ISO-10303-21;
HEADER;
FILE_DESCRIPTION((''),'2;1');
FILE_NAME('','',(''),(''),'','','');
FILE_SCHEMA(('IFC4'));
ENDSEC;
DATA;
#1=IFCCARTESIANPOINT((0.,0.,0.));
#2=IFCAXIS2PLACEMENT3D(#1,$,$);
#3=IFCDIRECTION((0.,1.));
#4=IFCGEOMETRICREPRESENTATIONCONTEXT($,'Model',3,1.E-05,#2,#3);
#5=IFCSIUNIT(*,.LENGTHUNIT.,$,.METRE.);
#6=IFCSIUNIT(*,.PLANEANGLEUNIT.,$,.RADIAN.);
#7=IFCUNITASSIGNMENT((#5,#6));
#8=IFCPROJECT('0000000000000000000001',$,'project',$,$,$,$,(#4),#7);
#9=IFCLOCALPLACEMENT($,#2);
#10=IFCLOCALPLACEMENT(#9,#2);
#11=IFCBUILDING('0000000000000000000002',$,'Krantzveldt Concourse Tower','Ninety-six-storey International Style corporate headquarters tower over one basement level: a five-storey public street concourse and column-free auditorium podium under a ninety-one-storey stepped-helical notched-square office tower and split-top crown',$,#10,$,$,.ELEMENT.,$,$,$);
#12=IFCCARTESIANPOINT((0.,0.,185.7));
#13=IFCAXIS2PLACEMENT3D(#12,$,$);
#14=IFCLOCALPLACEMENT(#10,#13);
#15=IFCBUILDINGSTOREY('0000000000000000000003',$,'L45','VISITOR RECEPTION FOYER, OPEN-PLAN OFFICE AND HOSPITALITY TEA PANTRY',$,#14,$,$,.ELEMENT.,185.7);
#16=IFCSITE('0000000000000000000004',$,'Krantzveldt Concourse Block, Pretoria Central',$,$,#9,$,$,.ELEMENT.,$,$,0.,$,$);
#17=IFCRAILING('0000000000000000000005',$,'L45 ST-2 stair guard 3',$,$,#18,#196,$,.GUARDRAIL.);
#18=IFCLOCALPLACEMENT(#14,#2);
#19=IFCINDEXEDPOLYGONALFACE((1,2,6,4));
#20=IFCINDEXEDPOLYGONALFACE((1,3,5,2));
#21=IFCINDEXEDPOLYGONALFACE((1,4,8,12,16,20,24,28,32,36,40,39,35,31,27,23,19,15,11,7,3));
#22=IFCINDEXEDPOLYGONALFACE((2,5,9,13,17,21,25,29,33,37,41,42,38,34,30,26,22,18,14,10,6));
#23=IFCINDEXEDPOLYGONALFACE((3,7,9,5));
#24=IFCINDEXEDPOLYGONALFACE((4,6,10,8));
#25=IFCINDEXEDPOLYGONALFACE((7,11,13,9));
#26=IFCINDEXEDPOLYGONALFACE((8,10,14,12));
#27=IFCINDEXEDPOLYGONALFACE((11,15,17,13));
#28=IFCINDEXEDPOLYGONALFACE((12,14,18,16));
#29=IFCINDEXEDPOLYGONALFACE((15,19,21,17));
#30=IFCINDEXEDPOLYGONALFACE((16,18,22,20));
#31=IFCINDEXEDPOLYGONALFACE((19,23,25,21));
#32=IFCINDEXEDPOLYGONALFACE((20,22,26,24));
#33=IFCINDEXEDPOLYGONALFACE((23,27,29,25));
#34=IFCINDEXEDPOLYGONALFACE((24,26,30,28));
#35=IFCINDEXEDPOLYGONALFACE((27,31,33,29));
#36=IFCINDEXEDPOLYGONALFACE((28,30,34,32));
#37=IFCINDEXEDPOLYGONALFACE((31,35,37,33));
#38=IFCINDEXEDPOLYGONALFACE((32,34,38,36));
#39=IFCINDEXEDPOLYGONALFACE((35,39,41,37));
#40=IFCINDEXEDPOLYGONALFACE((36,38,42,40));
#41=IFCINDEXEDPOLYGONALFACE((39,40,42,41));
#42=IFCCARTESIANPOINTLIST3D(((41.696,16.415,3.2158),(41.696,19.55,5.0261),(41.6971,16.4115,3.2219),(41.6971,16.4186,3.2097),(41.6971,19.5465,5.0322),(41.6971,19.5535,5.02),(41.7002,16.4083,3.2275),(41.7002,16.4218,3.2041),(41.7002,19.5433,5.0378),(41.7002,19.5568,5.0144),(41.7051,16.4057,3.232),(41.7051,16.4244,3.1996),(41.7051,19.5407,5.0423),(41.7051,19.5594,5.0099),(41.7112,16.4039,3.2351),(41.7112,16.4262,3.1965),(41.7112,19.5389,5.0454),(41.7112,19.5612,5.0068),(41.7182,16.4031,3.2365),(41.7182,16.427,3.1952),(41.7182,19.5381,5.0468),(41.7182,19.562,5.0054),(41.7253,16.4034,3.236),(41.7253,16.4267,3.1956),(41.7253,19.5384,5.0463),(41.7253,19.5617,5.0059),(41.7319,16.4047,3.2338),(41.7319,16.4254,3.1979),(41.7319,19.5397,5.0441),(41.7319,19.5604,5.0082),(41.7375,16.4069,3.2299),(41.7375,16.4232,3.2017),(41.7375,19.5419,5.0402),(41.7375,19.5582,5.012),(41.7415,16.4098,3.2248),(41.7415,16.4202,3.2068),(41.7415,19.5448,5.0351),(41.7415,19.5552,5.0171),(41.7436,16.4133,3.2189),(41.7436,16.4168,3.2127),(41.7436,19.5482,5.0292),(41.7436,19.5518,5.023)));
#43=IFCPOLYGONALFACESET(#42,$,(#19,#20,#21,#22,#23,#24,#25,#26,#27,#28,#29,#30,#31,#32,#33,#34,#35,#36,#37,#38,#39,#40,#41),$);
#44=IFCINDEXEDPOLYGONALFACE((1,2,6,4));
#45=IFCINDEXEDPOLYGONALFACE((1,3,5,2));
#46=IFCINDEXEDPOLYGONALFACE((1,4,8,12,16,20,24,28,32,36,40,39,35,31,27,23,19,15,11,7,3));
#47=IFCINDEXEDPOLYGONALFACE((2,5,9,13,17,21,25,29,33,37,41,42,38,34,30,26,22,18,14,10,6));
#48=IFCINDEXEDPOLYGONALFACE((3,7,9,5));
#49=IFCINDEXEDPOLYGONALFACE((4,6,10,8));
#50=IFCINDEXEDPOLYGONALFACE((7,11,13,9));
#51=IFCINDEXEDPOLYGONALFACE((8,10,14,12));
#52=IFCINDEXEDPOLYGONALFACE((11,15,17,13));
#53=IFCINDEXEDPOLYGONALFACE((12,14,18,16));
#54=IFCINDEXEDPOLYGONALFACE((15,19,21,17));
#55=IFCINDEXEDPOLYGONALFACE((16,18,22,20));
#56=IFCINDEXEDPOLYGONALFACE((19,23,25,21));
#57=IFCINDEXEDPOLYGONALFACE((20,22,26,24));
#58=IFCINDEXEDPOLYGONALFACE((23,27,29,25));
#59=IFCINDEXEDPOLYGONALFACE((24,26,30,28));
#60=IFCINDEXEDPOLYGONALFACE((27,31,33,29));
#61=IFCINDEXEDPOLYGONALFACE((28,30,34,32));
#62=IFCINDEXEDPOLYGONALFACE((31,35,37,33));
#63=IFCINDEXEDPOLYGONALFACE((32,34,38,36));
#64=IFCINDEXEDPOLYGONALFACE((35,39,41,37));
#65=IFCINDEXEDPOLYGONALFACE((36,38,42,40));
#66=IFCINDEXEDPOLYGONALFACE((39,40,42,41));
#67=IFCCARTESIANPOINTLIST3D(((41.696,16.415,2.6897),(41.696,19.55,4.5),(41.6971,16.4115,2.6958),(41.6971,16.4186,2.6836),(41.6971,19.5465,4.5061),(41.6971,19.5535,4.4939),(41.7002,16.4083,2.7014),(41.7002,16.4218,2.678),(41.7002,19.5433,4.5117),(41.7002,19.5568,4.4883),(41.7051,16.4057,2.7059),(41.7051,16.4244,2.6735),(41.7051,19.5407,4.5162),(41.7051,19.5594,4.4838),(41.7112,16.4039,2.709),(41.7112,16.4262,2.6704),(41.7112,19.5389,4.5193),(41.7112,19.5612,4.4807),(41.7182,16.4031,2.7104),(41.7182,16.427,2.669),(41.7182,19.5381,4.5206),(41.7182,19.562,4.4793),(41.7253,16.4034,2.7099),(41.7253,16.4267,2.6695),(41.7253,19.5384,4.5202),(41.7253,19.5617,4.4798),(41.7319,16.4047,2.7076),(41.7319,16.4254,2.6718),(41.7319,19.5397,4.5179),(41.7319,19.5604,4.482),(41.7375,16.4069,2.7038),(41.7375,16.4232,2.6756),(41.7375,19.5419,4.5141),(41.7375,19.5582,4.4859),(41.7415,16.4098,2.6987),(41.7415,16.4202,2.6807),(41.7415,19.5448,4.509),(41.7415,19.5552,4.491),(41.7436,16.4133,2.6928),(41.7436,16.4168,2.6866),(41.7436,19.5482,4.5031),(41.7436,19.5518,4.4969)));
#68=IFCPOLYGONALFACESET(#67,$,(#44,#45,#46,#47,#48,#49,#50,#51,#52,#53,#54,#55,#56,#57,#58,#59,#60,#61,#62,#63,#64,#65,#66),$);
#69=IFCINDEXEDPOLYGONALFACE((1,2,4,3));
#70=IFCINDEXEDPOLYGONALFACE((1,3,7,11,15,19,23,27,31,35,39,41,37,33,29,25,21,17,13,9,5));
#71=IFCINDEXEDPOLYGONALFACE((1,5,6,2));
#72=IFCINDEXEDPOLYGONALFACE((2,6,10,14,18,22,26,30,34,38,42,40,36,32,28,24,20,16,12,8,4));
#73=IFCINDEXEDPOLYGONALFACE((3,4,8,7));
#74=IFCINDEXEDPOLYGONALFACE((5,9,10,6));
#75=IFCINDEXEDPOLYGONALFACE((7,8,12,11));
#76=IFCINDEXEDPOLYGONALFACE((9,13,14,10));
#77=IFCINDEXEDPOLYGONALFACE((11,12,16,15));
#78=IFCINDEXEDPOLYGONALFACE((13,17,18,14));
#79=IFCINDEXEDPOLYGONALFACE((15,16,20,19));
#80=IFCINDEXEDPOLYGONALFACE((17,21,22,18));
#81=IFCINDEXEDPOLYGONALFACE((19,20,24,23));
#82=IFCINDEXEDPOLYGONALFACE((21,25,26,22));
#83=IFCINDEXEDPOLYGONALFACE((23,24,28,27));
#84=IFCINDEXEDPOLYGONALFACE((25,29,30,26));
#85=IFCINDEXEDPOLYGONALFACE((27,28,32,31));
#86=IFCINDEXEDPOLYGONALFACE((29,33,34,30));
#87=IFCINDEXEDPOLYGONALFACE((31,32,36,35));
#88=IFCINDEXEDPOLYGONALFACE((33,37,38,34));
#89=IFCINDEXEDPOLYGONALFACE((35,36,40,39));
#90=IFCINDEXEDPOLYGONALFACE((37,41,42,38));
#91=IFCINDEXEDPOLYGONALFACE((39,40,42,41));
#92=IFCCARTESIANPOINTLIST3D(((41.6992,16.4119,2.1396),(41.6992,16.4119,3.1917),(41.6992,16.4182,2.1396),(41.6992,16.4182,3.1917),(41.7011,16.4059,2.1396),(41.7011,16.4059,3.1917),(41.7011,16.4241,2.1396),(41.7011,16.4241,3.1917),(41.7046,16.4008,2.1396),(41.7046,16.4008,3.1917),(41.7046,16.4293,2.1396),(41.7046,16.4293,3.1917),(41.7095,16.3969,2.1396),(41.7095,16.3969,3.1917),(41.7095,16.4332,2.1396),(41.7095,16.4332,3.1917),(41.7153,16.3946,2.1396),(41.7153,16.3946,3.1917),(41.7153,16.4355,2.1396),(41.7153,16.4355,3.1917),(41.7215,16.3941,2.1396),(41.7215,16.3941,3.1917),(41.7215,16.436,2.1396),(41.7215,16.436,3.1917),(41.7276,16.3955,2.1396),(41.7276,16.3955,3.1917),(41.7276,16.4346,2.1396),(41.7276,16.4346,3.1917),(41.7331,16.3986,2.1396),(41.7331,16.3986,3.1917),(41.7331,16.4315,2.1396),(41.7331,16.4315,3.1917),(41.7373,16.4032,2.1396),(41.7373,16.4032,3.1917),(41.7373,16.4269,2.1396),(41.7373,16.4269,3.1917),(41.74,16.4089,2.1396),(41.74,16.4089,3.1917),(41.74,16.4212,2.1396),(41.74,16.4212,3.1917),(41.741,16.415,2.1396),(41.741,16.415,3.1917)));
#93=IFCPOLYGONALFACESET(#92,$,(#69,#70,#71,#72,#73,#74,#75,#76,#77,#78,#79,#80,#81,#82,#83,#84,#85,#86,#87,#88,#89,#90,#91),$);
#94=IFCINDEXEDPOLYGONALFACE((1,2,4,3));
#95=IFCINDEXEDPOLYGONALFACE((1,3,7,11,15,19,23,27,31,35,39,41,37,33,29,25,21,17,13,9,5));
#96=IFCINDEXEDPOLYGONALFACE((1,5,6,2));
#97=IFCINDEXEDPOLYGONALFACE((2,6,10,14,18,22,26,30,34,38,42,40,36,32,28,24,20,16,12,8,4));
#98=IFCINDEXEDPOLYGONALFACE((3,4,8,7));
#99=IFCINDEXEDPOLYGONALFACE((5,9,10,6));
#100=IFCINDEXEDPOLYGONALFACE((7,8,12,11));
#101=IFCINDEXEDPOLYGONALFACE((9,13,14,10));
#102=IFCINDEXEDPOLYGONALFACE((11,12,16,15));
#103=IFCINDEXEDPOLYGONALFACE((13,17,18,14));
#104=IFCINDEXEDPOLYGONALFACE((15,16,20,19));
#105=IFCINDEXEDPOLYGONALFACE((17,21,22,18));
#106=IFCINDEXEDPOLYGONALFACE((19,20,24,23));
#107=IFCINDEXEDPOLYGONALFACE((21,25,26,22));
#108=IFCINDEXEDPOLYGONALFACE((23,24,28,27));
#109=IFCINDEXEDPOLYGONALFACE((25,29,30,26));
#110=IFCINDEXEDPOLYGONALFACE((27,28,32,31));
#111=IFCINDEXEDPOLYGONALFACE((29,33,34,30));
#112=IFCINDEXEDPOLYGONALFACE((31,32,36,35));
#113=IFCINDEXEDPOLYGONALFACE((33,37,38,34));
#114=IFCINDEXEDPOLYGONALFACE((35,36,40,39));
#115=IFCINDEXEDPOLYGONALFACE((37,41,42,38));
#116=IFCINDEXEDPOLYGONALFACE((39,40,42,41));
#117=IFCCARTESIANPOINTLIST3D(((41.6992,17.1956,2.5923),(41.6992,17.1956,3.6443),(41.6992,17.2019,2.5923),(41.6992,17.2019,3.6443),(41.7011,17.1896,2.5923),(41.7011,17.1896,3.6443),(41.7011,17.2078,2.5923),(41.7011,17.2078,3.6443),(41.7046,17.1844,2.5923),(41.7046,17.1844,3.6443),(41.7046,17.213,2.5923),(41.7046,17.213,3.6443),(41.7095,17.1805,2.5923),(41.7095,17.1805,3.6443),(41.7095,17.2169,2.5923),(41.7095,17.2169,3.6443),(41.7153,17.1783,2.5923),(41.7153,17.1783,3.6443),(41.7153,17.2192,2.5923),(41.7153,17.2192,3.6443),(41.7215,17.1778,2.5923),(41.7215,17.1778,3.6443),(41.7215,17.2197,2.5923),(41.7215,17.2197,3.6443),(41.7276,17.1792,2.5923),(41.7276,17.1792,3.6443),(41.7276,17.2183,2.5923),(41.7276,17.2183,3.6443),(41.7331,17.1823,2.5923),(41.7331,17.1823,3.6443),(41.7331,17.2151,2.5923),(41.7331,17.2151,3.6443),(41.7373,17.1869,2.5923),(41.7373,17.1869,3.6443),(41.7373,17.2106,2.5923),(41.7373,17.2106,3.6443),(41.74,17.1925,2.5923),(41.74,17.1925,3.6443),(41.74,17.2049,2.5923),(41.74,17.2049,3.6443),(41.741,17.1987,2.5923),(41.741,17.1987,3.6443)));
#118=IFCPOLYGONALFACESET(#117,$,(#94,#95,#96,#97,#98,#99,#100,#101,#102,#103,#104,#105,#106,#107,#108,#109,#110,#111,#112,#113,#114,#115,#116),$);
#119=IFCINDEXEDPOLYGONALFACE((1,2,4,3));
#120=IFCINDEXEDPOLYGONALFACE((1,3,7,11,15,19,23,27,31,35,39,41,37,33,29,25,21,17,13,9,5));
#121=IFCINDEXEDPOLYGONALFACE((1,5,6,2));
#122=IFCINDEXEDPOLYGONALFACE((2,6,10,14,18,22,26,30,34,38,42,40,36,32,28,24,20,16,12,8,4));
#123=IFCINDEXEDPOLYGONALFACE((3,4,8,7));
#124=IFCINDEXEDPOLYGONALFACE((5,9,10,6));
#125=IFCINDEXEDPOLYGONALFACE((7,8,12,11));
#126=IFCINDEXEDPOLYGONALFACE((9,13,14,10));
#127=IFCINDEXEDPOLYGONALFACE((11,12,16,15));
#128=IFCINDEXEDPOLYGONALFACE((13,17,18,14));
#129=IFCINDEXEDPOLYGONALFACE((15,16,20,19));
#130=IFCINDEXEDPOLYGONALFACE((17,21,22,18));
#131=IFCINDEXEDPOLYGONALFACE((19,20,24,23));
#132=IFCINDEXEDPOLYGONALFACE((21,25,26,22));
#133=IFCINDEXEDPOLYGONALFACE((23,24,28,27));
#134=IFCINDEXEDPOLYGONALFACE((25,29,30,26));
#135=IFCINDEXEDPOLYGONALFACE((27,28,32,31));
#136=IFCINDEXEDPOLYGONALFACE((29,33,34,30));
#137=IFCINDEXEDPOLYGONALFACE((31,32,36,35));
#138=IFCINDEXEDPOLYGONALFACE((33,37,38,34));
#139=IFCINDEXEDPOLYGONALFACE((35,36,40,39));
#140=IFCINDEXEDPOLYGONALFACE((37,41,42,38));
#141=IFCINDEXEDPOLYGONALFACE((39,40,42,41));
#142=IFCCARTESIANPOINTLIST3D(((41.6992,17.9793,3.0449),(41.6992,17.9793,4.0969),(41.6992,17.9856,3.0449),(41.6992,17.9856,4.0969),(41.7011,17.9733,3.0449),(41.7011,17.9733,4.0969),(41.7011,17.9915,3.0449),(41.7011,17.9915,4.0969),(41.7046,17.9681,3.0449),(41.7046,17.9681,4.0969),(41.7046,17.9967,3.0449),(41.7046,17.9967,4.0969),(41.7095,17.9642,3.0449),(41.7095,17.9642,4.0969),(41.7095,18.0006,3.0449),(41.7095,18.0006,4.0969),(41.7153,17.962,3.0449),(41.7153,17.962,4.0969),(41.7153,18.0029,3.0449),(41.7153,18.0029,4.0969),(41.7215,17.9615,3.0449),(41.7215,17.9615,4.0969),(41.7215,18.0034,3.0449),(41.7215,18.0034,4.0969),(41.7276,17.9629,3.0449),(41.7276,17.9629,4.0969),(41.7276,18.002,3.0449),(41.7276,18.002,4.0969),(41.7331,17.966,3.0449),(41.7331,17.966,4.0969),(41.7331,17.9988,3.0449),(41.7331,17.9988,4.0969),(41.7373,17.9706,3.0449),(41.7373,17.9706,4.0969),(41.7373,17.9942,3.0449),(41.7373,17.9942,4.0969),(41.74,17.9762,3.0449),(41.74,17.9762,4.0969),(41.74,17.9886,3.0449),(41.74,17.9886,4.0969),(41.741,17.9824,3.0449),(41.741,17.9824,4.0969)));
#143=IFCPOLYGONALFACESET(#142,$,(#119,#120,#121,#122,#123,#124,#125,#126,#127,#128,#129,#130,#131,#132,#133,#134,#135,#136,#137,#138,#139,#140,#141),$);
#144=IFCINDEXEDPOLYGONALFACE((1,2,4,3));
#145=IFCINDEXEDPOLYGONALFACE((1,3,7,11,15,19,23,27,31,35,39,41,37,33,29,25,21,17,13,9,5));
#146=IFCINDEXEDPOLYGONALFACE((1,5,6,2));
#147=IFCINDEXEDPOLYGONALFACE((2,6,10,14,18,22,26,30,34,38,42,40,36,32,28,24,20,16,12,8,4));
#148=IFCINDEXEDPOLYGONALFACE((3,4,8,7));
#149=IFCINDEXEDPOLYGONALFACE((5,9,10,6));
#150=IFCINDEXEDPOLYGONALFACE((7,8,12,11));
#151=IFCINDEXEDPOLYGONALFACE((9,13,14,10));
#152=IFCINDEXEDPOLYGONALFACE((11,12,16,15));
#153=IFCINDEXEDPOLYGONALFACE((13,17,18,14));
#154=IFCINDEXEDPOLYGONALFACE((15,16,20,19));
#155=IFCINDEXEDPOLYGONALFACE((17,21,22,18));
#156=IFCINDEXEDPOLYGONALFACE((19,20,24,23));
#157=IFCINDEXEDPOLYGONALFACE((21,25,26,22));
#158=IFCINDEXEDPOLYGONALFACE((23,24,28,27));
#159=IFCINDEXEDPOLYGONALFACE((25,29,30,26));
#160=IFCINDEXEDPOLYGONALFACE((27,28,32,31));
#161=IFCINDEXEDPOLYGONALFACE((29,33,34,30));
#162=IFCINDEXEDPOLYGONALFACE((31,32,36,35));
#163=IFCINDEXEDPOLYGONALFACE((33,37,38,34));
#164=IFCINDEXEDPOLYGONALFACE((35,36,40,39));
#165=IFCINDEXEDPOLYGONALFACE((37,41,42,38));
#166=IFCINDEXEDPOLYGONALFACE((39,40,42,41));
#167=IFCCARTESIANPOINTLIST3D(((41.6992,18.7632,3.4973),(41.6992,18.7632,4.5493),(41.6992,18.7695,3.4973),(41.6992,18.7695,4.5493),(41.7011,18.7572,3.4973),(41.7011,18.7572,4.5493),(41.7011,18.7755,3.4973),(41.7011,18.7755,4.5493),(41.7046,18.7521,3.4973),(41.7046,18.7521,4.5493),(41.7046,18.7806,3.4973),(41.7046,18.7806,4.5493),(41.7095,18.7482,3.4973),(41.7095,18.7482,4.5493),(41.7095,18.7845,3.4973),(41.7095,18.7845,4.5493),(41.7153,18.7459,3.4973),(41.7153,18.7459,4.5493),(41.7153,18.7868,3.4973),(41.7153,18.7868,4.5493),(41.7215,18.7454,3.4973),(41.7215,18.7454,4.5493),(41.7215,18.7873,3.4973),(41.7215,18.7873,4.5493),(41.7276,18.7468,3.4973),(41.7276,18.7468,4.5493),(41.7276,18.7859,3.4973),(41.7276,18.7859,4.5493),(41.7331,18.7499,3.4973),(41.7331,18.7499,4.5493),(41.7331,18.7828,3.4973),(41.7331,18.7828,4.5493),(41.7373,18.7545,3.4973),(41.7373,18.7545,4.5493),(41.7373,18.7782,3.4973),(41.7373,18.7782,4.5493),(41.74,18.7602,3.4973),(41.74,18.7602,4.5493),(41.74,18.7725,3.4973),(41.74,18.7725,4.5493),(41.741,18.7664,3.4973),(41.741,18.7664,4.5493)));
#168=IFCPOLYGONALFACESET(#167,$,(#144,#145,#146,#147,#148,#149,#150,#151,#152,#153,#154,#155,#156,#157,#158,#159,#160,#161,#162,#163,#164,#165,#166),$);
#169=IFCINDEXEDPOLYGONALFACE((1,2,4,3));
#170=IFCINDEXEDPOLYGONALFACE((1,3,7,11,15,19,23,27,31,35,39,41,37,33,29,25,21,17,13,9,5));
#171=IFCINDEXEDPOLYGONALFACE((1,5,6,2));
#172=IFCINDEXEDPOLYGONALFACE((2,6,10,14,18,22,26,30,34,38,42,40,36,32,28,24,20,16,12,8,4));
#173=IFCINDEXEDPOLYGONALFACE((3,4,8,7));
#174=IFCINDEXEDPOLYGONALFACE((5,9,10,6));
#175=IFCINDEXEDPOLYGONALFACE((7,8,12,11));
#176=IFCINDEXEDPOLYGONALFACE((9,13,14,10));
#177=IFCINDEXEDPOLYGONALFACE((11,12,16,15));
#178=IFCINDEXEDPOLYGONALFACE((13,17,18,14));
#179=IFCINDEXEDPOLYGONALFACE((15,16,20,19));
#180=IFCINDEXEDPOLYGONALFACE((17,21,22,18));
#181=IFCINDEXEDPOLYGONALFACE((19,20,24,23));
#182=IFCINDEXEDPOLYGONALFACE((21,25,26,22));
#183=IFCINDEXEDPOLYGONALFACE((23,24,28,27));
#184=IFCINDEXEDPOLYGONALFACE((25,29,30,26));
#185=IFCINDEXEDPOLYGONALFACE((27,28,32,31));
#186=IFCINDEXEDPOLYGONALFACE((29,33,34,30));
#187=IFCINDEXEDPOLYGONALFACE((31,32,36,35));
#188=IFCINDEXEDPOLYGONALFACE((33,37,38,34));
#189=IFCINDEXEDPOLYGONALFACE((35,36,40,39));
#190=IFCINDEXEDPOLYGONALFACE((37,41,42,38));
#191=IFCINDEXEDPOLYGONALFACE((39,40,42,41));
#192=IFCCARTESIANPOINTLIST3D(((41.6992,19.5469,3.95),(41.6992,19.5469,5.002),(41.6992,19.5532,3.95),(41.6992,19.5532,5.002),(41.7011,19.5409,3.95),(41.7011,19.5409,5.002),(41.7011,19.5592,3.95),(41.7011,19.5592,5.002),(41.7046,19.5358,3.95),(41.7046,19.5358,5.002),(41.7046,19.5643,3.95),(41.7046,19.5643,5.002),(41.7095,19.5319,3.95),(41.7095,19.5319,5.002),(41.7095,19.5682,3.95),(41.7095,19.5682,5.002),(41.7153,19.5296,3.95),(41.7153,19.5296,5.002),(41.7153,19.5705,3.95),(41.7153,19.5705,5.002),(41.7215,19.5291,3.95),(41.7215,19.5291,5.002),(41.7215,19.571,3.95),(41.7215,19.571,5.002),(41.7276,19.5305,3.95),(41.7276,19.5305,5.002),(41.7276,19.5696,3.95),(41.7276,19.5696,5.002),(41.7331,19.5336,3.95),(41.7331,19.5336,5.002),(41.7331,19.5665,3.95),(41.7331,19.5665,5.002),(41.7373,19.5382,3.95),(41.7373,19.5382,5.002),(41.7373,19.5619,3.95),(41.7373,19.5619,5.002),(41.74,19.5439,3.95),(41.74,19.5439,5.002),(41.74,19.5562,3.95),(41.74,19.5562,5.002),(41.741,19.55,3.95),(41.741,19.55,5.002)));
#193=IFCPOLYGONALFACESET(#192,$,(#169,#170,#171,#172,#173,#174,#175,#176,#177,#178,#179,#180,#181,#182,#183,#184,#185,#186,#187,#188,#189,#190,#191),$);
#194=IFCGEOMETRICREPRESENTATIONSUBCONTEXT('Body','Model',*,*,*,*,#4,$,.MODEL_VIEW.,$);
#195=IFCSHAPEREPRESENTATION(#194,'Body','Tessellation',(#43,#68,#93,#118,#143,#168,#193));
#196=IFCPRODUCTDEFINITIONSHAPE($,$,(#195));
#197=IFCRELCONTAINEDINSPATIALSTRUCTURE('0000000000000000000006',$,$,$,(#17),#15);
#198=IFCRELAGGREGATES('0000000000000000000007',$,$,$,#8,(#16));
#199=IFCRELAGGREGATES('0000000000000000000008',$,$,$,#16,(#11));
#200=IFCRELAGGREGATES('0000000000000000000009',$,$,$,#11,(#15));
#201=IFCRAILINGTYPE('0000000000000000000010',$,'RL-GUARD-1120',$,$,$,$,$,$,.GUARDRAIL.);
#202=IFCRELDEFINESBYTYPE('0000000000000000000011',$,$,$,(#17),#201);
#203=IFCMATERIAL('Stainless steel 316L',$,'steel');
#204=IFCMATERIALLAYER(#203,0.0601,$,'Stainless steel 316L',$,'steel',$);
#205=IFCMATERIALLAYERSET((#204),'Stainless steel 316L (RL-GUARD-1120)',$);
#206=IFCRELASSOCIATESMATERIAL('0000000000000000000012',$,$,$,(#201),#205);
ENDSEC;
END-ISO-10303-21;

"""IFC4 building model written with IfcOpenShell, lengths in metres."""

from ifc_helpers import new_model, si_unit, direction, frame, origin, origin_2d, place, context, subcontext, project, spatial, circle, extrude, material, layer, layer_set, type_object, element, save


model = new_model("IFC4")

# Units and contexts
model_context = context("Model", 3, precision=1e-05, world=origin(), true_north=direction((0.0, 1.0)))
body_context = subcontext(model_context, "Body", "Model", "MODEL_VIEW")
ifc_project = project(units=[si_unit("LENGTHUNIT", "METRE"), si_unit("PLANEANGLEUNIT", "RADIAN")], contexts=[model_context])

# Site, building, storey
site_placement = place(None, origin())
site = spatial("IfcSite", under=ifc_project, at=site_placement, Name="Krantzveldt Concourse Block, Pretoria Central", CompositionType="ELEMENT", RefElevation=0.0)
building_placement = place(site_placement, origin())
building = spatial("IfcBuilding", under=site, at=building_placement, Name="Krantzveldt Concourse Tower", Description="Ninety-six-storey International Style corporate headquarters tower over one basement level: a five-storey public street concourse and column-free auditorium podium under a ninety-one-storey stepped-helical notched-square office tower and split-top crown", CompositionType="ELEMENT")
storey_placement = place(building_placement, frame((0.0, 0.0, 185.7)))
storey = spatial("IfcBuildingStorey", under=building, at=storey_placement, Name="L45", Description="VISITOR RECEPTION FOYER, OPEN-PLAN OFFICE AND HOSPITALITY TEA PANTRY", CompositionType="ELEMENT", Elevation=185.7)

# Shared definitions
ifc_material_1 = material(Name="Stainless steel 316L", Category="steel")

# Railing
ifc_layer_1 = layer(ifc_material_1, 0.0601, Name="Stainless steel 316L", Category="steel")
ifc_layer_set_1 = layer_set([ifc_layer_1], Name="Stainless steel 316L (RL-GUARD-1120)")
railing_type_1 = type_object("IfcRailingType", Name="RL-GUARD-1120", PredefinedType="GUARDRAIL", material=ifc_layer_set_1)
railing_1_placement = place(storey_placement, frame((41.72, 16.415, 2.1396)))
element("IfcRailing", 1, at=railing_1_placement, inside=storey, type_object=railing_type_1, Name="L45 ST-2 stair guard 3", PredefinedType="GUARDRAIL", context=body_context, shape_type="SweptSolid", body=[
    extrude(circle(Radius=0.0239, at=origin_2d()), frame((0.0, 0.0, 1.0762), z_axis=(0.0, 0.865989, 0.500063), x_axis=(-1.0, 0.0, 0.0)), (0.0, 0.0, 1.0), 3.6201),
    extrude(circle(Radius=0.0239, at=origin_2d()), frame((0.0, 0.0, 0.55), z_axis=(0.0, 0.865989, 0.500063), x_axis=(-1.0, 0.0, 0.0)), (0.0, 0.0, 1.0), 3.6201),
    extrude(circle(Radius=0.021, at=origin_2d()), origin(), (0.0, 0.0, 1.0), 1.052),
    extrude(circle(Radius=0.021, at=origin_2d()), frame((0.0, 0.7837, 0.4526)), (0.0, 0.0, 1.0), 1.052),
    extrude(circle(Radius=0.021, at=origin_2d()), frame((0.0, 1.5674, 0.9053)), (0.0, 0.0, 1.0), 1.052),
    extrude(circle(Radius=0.021, at=origin_2d()), frame((0.0, 2.3513, 1.3577)), (0.0, 0.0, 1.0), 1.052),
    extrude(circle(Radius=0.021, at=origin_2d()), frame((0.0, 3.135, 1.8103)), (0.0, 0.0, 1.0), 1.052),
])

save(model, "model.ifc")
